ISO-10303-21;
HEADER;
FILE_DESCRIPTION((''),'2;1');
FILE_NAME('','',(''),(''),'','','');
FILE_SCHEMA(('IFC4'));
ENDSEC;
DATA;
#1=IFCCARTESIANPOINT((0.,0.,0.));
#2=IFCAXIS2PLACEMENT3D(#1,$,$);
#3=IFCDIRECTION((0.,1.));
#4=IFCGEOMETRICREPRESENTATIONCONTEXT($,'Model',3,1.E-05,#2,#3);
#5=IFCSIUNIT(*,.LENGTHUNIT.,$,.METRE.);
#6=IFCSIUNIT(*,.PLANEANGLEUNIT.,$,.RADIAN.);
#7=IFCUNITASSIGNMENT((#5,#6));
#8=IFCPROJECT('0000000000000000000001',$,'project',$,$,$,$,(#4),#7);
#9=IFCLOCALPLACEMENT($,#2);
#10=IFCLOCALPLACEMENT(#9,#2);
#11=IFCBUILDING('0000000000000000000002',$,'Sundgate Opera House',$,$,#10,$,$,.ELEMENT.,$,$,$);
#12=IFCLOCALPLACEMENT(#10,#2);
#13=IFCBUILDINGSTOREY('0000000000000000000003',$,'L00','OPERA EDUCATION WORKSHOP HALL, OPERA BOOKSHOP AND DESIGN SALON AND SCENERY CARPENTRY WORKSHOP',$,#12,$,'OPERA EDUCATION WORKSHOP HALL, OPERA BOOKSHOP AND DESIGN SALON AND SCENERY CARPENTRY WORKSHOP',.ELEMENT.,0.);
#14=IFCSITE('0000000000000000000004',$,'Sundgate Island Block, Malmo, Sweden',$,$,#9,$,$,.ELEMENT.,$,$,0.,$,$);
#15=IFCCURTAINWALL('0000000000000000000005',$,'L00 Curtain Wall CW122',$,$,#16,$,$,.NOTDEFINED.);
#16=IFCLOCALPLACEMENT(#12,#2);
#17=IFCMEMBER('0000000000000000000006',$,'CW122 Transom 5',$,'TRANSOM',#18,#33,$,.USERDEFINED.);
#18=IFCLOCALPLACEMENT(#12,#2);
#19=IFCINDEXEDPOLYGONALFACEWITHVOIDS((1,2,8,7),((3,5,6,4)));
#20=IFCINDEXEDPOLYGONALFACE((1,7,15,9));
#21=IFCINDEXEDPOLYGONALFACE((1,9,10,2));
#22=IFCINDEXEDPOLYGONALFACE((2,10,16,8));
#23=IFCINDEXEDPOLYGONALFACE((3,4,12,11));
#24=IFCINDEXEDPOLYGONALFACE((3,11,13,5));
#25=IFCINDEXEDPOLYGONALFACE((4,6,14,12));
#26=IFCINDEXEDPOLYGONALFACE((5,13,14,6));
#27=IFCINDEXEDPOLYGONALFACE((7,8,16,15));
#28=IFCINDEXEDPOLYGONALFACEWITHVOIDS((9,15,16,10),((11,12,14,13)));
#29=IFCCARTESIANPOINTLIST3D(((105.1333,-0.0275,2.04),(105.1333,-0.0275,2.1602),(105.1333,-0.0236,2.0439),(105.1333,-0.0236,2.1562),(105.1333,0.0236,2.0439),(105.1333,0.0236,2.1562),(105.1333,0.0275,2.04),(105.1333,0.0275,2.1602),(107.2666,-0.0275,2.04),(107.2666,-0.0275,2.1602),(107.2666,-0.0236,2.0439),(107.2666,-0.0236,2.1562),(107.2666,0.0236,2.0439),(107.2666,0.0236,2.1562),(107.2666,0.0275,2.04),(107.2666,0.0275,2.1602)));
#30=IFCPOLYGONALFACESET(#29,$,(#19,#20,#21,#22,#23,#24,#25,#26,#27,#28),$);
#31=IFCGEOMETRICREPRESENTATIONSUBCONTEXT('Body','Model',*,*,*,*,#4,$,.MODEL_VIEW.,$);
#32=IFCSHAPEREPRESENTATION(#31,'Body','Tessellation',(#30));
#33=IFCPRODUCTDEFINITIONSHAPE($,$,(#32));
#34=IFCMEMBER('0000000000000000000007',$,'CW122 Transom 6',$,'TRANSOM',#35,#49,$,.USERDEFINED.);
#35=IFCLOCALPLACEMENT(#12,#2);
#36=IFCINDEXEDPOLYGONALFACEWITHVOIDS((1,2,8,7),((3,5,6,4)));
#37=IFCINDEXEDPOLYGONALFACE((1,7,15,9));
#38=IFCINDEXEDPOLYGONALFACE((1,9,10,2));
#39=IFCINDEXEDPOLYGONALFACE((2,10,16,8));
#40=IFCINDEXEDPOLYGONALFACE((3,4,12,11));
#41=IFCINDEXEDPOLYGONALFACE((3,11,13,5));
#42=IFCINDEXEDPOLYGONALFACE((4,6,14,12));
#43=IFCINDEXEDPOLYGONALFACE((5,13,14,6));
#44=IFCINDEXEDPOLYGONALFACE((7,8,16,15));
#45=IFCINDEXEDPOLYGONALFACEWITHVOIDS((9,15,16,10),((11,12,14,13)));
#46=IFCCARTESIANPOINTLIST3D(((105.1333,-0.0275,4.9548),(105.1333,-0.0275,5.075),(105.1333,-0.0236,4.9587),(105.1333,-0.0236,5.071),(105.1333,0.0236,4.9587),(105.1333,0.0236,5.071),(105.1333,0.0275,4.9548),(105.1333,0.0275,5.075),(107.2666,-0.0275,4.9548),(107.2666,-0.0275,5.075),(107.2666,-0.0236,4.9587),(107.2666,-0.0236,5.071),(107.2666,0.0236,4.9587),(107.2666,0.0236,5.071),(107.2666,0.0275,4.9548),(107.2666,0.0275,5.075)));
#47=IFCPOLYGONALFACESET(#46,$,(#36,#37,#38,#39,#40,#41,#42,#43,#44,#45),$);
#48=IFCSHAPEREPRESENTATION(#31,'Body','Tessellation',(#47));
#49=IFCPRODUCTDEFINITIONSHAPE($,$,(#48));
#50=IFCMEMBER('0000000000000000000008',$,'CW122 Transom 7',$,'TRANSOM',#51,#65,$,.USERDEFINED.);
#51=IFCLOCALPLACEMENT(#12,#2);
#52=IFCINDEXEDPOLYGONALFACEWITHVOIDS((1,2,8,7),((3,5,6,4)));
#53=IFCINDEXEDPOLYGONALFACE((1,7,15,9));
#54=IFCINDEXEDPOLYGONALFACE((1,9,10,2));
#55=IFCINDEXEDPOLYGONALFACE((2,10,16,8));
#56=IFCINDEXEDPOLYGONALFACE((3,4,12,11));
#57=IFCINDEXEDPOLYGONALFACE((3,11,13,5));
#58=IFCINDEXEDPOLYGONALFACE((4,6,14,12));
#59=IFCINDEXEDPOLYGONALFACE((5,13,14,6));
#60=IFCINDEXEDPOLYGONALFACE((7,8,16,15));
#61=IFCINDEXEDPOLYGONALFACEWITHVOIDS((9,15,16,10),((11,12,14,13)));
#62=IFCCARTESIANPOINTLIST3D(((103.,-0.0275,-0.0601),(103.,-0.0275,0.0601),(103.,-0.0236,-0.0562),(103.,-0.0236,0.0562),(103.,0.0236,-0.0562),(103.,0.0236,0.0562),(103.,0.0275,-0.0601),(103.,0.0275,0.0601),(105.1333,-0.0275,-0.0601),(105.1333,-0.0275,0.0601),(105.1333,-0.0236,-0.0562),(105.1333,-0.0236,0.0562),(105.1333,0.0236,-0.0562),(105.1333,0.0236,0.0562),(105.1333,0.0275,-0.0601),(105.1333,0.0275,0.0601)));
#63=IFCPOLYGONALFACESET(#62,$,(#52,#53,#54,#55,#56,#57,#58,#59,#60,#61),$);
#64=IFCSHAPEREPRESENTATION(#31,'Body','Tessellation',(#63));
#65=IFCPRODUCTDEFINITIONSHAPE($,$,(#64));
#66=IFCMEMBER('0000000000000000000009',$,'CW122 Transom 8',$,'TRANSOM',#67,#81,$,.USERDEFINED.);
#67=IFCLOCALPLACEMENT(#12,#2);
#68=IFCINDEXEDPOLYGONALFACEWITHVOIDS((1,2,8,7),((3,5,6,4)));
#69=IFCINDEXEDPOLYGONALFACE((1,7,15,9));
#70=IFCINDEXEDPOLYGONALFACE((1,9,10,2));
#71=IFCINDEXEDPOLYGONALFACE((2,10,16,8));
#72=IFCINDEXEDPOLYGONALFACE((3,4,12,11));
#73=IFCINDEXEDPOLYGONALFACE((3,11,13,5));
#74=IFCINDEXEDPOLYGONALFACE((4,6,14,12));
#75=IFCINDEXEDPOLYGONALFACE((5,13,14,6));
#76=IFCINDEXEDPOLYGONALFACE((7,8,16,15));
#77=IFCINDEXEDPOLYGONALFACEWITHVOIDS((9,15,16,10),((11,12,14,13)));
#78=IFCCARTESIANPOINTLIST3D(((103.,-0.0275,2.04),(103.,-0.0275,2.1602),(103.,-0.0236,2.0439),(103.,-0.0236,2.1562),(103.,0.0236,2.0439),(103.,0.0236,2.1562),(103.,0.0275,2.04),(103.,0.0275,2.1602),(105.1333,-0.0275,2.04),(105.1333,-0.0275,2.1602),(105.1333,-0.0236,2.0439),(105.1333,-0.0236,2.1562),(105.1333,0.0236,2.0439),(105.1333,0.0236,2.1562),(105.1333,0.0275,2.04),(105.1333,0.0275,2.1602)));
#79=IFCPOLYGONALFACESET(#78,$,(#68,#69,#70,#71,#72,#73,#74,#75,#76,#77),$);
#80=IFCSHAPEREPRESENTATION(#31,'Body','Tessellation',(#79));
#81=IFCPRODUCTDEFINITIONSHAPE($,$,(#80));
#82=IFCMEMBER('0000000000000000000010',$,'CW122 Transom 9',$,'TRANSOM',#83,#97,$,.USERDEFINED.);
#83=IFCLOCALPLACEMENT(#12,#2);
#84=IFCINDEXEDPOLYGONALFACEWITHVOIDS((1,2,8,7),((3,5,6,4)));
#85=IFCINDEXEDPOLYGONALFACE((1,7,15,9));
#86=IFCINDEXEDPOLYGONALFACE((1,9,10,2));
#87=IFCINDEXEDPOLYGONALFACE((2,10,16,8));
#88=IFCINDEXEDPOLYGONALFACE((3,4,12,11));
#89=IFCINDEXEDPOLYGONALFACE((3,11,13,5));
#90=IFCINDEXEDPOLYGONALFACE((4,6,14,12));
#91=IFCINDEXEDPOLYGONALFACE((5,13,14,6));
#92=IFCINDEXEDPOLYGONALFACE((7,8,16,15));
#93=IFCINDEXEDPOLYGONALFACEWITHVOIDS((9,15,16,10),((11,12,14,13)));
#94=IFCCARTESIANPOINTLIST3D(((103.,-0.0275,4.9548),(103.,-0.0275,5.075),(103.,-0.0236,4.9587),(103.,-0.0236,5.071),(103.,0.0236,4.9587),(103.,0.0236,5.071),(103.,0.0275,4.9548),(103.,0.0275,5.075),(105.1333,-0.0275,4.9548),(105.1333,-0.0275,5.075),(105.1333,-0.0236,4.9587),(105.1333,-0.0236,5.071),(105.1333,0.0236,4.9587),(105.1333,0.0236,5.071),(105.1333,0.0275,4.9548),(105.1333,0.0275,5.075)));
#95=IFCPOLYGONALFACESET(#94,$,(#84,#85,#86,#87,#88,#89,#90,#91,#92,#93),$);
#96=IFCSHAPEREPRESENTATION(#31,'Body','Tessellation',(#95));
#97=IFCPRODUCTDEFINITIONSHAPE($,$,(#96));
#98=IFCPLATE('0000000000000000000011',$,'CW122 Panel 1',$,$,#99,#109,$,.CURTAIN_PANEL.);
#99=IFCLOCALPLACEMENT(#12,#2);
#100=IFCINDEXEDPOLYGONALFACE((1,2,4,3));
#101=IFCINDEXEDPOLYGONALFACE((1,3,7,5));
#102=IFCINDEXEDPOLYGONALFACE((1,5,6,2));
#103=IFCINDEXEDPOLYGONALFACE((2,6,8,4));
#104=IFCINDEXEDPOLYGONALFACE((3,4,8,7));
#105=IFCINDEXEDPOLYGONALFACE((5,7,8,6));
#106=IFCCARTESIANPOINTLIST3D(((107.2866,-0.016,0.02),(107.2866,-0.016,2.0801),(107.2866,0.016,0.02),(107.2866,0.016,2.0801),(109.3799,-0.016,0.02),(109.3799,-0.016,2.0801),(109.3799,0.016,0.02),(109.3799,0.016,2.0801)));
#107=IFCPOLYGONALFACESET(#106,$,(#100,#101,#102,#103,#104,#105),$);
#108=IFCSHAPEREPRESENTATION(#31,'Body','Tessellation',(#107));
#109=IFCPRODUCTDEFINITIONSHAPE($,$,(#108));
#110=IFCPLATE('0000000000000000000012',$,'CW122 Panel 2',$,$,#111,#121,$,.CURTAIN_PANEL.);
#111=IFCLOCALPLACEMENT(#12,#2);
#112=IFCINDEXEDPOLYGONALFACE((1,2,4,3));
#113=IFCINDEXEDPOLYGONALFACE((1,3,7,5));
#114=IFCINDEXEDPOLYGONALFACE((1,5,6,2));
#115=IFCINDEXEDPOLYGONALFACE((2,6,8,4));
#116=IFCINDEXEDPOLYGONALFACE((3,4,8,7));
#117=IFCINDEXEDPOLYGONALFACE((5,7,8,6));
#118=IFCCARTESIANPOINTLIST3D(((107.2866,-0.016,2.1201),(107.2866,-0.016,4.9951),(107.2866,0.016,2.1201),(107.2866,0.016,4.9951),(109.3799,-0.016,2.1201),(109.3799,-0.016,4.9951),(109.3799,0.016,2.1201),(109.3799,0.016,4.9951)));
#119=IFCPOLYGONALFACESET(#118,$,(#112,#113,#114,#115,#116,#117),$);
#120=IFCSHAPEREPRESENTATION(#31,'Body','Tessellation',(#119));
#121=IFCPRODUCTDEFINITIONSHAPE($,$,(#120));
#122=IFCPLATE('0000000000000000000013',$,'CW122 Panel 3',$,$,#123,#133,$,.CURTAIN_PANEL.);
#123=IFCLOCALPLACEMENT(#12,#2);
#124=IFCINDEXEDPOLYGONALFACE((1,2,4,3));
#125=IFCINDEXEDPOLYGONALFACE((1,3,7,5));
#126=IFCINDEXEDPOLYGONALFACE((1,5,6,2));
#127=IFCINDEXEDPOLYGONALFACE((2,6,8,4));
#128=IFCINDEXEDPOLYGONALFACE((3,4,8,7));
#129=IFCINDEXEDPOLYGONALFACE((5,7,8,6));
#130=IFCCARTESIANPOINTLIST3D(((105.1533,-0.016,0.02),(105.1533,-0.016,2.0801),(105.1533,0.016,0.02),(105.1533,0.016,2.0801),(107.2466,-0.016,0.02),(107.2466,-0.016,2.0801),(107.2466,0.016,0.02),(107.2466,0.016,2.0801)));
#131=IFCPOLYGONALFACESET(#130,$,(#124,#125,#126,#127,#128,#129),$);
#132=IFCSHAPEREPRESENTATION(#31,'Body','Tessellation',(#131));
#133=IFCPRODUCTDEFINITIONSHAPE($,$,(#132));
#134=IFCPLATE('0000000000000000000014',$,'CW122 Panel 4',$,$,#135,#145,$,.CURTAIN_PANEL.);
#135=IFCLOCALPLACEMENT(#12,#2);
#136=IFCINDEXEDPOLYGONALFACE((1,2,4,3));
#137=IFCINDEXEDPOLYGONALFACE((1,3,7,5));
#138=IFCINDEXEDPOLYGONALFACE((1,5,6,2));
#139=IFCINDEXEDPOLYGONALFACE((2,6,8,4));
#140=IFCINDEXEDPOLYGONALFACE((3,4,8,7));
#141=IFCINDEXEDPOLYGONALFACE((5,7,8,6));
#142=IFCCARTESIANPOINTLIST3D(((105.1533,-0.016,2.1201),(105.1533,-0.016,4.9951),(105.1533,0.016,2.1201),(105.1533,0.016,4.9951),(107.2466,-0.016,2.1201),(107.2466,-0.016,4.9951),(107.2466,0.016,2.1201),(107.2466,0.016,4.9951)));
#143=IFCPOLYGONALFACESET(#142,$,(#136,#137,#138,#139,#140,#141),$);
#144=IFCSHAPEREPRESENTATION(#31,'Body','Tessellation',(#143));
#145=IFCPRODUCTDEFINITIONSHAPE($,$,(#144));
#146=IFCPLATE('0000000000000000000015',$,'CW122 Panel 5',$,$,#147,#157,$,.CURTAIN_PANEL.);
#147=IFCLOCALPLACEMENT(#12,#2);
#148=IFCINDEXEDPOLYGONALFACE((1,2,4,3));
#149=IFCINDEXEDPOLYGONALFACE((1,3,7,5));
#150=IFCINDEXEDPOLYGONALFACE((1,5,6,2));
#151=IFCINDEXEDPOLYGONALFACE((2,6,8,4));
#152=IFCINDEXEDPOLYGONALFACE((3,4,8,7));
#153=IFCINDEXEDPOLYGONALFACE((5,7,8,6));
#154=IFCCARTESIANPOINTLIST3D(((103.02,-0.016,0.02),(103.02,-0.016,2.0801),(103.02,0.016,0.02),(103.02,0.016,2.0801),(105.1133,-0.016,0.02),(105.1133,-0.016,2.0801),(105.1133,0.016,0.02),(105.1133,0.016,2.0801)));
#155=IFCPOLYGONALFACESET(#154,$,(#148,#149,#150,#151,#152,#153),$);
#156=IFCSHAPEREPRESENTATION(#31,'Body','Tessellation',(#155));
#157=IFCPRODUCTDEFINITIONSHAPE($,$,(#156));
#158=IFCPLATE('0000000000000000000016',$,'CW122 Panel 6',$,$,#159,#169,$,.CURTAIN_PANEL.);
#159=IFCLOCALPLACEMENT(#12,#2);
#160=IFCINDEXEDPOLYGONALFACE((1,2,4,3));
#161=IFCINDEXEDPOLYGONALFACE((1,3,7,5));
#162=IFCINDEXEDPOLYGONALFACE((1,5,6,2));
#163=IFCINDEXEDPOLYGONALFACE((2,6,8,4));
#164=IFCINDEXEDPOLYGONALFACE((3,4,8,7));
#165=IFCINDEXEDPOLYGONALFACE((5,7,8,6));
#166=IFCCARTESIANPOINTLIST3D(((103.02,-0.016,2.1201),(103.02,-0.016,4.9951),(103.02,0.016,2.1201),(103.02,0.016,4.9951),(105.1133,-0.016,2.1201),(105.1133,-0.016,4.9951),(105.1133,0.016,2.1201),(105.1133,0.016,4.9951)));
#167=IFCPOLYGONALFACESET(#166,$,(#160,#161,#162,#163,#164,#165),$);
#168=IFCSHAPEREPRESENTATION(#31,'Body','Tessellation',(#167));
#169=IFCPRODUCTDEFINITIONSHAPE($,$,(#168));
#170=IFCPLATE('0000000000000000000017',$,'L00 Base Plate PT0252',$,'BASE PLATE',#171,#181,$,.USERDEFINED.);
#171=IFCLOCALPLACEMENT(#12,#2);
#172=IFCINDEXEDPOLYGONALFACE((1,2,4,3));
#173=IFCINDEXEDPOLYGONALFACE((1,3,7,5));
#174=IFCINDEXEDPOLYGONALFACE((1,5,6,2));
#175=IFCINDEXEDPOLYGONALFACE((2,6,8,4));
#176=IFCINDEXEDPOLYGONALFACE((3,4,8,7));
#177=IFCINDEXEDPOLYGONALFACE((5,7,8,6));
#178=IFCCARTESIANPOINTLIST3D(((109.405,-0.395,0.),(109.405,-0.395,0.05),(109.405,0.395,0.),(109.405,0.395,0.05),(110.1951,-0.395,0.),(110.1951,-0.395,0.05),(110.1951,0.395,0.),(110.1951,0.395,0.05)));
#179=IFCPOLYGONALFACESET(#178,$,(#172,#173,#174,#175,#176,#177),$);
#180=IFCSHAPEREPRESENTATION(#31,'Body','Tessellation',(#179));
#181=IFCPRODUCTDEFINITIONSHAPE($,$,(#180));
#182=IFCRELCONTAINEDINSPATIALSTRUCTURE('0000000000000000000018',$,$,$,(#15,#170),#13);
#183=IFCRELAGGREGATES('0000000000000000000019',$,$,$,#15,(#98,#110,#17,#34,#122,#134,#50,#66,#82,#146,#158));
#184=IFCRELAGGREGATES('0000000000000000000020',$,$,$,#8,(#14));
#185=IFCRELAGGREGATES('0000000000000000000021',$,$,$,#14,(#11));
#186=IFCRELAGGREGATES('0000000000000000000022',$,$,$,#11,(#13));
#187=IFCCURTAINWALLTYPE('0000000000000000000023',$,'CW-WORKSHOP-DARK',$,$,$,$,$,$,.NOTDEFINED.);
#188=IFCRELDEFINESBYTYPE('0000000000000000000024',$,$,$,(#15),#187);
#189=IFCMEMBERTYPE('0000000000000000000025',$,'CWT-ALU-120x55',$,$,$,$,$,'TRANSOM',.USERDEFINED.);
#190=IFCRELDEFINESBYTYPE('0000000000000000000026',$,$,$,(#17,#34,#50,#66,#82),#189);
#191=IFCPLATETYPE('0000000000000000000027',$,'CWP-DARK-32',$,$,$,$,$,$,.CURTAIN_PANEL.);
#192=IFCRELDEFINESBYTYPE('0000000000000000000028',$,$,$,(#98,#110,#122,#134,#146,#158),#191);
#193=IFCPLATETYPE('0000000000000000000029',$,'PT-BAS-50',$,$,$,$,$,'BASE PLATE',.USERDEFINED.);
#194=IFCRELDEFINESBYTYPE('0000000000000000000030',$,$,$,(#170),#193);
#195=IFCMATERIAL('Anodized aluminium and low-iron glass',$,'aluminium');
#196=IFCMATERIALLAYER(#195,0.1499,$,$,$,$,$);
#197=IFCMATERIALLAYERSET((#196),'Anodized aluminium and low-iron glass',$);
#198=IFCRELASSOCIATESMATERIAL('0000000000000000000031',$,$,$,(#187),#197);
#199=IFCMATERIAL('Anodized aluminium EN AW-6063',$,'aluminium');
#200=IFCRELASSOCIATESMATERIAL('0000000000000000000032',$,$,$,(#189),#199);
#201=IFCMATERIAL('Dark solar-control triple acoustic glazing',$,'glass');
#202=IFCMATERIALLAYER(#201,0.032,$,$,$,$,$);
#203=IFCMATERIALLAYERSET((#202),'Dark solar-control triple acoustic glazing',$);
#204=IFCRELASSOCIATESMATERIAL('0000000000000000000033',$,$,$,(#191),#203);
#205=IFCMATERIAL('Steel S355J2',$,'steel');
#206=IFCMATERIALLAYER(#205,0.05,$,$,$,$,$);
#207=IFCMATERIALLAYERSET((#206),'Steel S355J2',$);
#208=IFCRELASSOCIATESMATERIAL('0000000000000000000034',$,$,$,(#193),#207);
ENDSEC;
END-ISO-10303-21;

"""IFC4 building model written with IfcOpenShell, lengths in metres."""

from ifc_helpers import new_model, si_unit, direction, frame, origin, origin_2d, place, context, subcontext, project, spatial, rectangle, hollow_rectangle, extrude, material, layer, layer_set, material_profile, profile_set, type_object, element, aggregate, save


model = new_model("IFC4")

# Units and contexts
model_context = context("Model", 3, precision=1e-05, world=origin(), true_north=direction((0.0, 1.0)))
body_context = subcontext(model_context, "Body", "Model", "MODEL_VIEW")
ifc_project = project(units=[si_unit("LENGTHUNIT", "METRE"), si_unit("PLANEANGLEUNIT", "RADIAN")], contexts=[model_context])

# Site, building, storey
site_placement = place(None, origin())
site = spatial("IfcSite", under=ifc_project, at=site_placement, Name="Sundgate Island Block, Malmo, Sweden", CompositionType="ELEMENT", RefElevation=0.0)
building_placement = place(site_placement, origin())
building = spatial("IfcBuilding", under=site, at=building_placement, Name="Sundgate Opera House", CompositionType="ELEMENT")
storey_placement = place(building_placement, origin())
storey = spatial("IfcBuildingStorey", under=building, at=storey_placement, Name="L00", Description="OPERA EDUCATION WORKSHOP HALL, OPERA BOOKSHOP AND DESIGN SALON AND SCENERY CARPENTRY WORKSHOP", LongName="OPERA EDUCATION WORKSHOP HALL, OPERA BOOKSHOP AND DESIGN SALON AND SCENERY CARPENTRY WORKSHOP", CompositionType="ELEMENT", Elevation=0.0)

# Curtain wall, members, plates
ifc_material_1 = material(Name="Anodized aluminium and low-iron glass", Category="aluminium")
ifc_layer_1 = layer(ifc_material_1, 0.1499)
ifc_layer_set_1 = layer_set([ifc_layer_1], Name="Anodized aluminium and low-iron glass")
curtain_wall_type = type_object("IfcCurtainWallType", Name="CW-WORKSHOP-DARK", PredefinedType="NOTDEFINED", material=ifc_layer_set_1)
curtain_wall_placement = place(storey_placement, origin())
curtain_wall = element("IfcCurtainWall", 1, at=curtain_wall_placement, inside=storey, type_object=curtain_wall_type, Name="L00 Curtain Wall CW122", PredefinedType="NOTDEFINED")
ifc_material_2 = material(Name="Anodized aluminium EN AW-6063", Category="aluminium")
ifc_material_profile_1 = material_profile(ifc_material_2, hollow_rectangle(XDim=0.0549, YDim=0.1201, WallThickness=0.0039, at=origin_2d()), Name="CWT 120x55x4")
ifc_profile_set_1 = profile_set([ifc_material_profile_1], Name="Anodized aluminium EN AW-6063")
member_type_1 = type_object("IfcMemberType", Name="CWT-ALU-120x55", ElementType="TRANSOM", PredefinedType="USERDEFINED", material=ifc_profile_set_1)
member_1_placement = place(storey_placement, frame((107.2666, 0.0, 2.1001), z_axis=(-1.0, 0.0, 0.0), x_axis=(0.0, -1.0, 0.0)))
member_1 = element("IfcMember", 2, at=member_1_placement, type_object=member_type_1, Name="CW122 Transom 5", ObjectType="TRANSOM", PredefinedType="USERDEFINED", context=body_context, shape_type="SweptSolid", body=[
    extrude(hollow_rectangle(XDim=0.0549, YDim=0.1201, WallThickness=0.0039, at=origin_2d()), origin(), (0.0, 0.0, 1.0), 2.1333),
])
member_2_placement = place(storey_placement, frame((107.2666, 0.0, 5.0149), z_axis=(-1.0, 0.0, 0.0), x_axis=(0.0, -1.0, 0.0)))
member_2 = element("IfcMember", 3, at=member_2_placement, type_object=member_type_1, Name="CW122 Transom 6", ObjectType="TRANSOM", PredefinedType="USERDEFINED", context=body_context, shape_type="SweptSolid", body=[
    extrude(hollow_rectangle(XDim=0.0549, YDim=0.1201, WallThickness=0.0039, at=origin_2d()), origin(), (0.0, 0.0, 1.0), 2.1333),
])
member_3_placement = place(storey_placement, frame((105.1333, 0.0, 0.0), z_axis=(-1.0, 0.0, 0.0), x_axis=(0.0, -1.0, 0.0)))
member_3 = element("IfcMember", 4, at=member_3_placement, type_object=member_type_1, Name="CW122 Transom 7", ObjectType="TRANSOM", PredefinedType="USERDEFINED", context=body_context, shape_type="SweptSolid", body=[
    extrude(hollow_rectangle(XDim=0.0549, YDim=0.1201, WallThickness=0.0039, at=origin_2d()), origin(), (0.0, 0.0, 1.0), 2.1333),
])
member_4_placement = place(storey_placement, frame((105.1333, 0.0, 2.1001), z_axis=(-1.0, 0.0, 0.0), x_axis=(0.0, -1.0, 0.0)))
member_4 = element("IfcMember", 5, at=member_4_placement, type_object=member_type_1, Name="CW122 Transom 8", ObjectType="TRANSOM", PredefinedType="USERDEFINED", context=body_context, shape_type="SweptSolid", body=[
    extrude(hollow_rectangle(XDim=0.0549, YDim=0.1201, WallThickness=0.0039, at=origin_2d()), origin(), (0.0, 0.0, 1.0), 2.1333),
])
member_5_placement = place(storey_placement, frame((105.1333, 0.0, 5.0149), z_axis=(-1.0, 0.0, 0.0), x_axis=(0.0, -1.0, 0.0)))
member_5 = element("IfcMember", 6, at=member_5_placement, type_object=member_type_1, Name="CW122 Transom 9", ObjectType="TRANSOM", PredefinedType="USERDEFINED", context=body_context, shape_type="SweptSolid", body=[
    extrude(hollow_rectangle(XDim=0.0549, YDim=0.1201, WallThickness=0.0039, at=origin_2d()), origin(), (0.0, 0.0, 1.0), 2.1333),
])
ifc_material_3 = material(Name="Dark solar-control triple acoustic glazing", Category="glass")
ifc_layer_2 = layer(ifc_material_3, 0.032)
ifc_layer_set_2 = layer_set([ifc_layer_2], Name="Dark solar-control triple acoustic glazing")
plate_type_1 = type_object("IfcPlateType", Name="CWP-DARK-32", PredefinedType="CURTAIN_PANEL", material=ifc_layer_set_2)
plate_1_placement = place(storey_placement, frame((108.3333, 0.0, 0.02), z_axis=(0.0, 0.0, 1.0), x_axis=(-1.0, 0.0, 0.0)))
plate_1 = element("IfcPlate", 7, at=plate_1_placement, type_object=plate_type_1, Name="CW122 Panel 1", PredefinedType="CURTAIN_PANEL", context=body_context, shape_type="SweptSolid", body=[
    extrude(rectangle(XDim=2.0933, YDim=0.032, at=origin_2d()), origin(), (0.0, 0.0, 1.0), 2.0601),
])
plate_2_placement = place(storey_placement, frame((108.3333, 0.0, 2.1201), z_axis=(0.0, 0.0, 1.0), x_axis=(-1.0, 0.0, 0.0)))
plate_2 = element("IfcPlate", 8, at=plate_2_placement, type_object=plate_type_1, Name="CW122 Panel 2", PredefinedType="CURTAIN_PANEL", context=body_context, shape_type="SweptSolid", body=[
    extrude(rectangle(XDim=2.0933, YDim=0.032, at=origin_2d()), origin(), (0.0, 0.0, 1.0), 2.875),
])
plate_3_placement = place(storey_placement, frame((106.2, 0.0, 0.02), z_axis=(0.0, 0.0, 1.0), x_axis=(-1.0, 0.0, 0.0)))
plate_3 = element("IfcPlate", 9, at=plate_3_placement, type_object=plate_type_1, Name="CW122 Panel 3", PredefinedType="CURTAIN_PANEL", context=body_context, shape_type="SweptSolid", body=[
    extrude(rectangle(XDim=2.0933, YDim=0.032, at=origin_2d()), origin(), (0.0, 0.0, 1.0), 2.0601),
])
plate_4_placement = place(storey_placement, frame((106.2, 0.0, 2.1201), z_axis=(0.0, 0.0, 1.0), x_axis=(-1.0, 0.0, 0.0)))
plate_4 = element("IfcPlate", 10, at=plate_4_placement, type_object=plate_type_1, Name="CW122 Panel 4", PredefinedType="CURTAIN_PANEL", context=body_context, shape_type="SweptSolid", body=[
    extrude(rectangle(XDim=2.0933, YDim=0.032, at=origin_2d()), origin(), (0.0, 0.0, 1.0), 2.875),
])
plate_5_placement = place(storey_placement, frame((104.0667, 0.0, 0.02), z_axis=(0.0, 0.0, 1.0), x_axis=(-1.0, 0.0, 0.0)))
plate_5 = element("IfcPlate", 11, at=plate_5_placement, type_object=plate_type_1, Name="CW122 Panel 5", PredefinedType="CURTAIN_PANEL", context=body_context, shape_type="SweptSolid", body=[
    extrude(rectangle(XDim=2.0933, YDim=0.032, at=origin_2d()), origin(), (0.0, 0.0, 1.0), 2.0601),
])
plate_6_placement = place(storey_placement, frame((104.0667, 0.0, 2.1201), z_axis=(0.0, 0.0, 1.0), x_axis=(-1.0, 0.0, 0.0)))
plate_6 = element("IfcPlate", 12, at=plate_6_placement, type_object=plate_type_1, Name="CW122 Panel 6", PredefinedType="CURTAIN_PANEL", context=body_context, shape_type="SweptSolid", body=[
    extrude(rectangle(XDim=2.0933, YDim=0.032, at=origin_2d()), origin(), (0.0, 0.0, 1.0), 2.875),
])
aggregate(curtain_wall, [plate_1, plate_2, member_1, member_2, plate_3, plate_4, member_3, member_4, member_5, plate_5, plate_6])

# Plate
ifc_material_4 = material(Name="Steel S355J2", Category="steel")
ifc_layer_3 = layer(ifc_material_4, 0.05)
ifc_layer_set_3 = layer_set([ifc_layer_3], Name="Steel S355J2")
plate_type_2 = type_object("IfcPlateType", Name="PT-BAS-50", ElementType="BASE PLATE", PredefinedType="USERDEFINED", material=ifc_layer_set_3)
plate_7_placement = place(storey_placement, frame((109.8, 0.0, 0.0), z_axis=(0.0, 0.0, 1.0), x_axis=(1.0, 0.0, 0.0)))
element("IfcPlate", 13, at=plate_7_placement, inside=storey, type_object=plate_type_2, Name="L00 Base Plate PT0252", ObjectType="BASE PLATE", PredefinedType="USERDEFINED", context=body_context, shape_type="SweptSolid", body=[
    extrude(rectangle(XDim=0.79, YDim=0.79, at=origin_2d()), origin(), (0.0, 0.0, 1.0), 0.05),
])

save(model, "model.ifc")
